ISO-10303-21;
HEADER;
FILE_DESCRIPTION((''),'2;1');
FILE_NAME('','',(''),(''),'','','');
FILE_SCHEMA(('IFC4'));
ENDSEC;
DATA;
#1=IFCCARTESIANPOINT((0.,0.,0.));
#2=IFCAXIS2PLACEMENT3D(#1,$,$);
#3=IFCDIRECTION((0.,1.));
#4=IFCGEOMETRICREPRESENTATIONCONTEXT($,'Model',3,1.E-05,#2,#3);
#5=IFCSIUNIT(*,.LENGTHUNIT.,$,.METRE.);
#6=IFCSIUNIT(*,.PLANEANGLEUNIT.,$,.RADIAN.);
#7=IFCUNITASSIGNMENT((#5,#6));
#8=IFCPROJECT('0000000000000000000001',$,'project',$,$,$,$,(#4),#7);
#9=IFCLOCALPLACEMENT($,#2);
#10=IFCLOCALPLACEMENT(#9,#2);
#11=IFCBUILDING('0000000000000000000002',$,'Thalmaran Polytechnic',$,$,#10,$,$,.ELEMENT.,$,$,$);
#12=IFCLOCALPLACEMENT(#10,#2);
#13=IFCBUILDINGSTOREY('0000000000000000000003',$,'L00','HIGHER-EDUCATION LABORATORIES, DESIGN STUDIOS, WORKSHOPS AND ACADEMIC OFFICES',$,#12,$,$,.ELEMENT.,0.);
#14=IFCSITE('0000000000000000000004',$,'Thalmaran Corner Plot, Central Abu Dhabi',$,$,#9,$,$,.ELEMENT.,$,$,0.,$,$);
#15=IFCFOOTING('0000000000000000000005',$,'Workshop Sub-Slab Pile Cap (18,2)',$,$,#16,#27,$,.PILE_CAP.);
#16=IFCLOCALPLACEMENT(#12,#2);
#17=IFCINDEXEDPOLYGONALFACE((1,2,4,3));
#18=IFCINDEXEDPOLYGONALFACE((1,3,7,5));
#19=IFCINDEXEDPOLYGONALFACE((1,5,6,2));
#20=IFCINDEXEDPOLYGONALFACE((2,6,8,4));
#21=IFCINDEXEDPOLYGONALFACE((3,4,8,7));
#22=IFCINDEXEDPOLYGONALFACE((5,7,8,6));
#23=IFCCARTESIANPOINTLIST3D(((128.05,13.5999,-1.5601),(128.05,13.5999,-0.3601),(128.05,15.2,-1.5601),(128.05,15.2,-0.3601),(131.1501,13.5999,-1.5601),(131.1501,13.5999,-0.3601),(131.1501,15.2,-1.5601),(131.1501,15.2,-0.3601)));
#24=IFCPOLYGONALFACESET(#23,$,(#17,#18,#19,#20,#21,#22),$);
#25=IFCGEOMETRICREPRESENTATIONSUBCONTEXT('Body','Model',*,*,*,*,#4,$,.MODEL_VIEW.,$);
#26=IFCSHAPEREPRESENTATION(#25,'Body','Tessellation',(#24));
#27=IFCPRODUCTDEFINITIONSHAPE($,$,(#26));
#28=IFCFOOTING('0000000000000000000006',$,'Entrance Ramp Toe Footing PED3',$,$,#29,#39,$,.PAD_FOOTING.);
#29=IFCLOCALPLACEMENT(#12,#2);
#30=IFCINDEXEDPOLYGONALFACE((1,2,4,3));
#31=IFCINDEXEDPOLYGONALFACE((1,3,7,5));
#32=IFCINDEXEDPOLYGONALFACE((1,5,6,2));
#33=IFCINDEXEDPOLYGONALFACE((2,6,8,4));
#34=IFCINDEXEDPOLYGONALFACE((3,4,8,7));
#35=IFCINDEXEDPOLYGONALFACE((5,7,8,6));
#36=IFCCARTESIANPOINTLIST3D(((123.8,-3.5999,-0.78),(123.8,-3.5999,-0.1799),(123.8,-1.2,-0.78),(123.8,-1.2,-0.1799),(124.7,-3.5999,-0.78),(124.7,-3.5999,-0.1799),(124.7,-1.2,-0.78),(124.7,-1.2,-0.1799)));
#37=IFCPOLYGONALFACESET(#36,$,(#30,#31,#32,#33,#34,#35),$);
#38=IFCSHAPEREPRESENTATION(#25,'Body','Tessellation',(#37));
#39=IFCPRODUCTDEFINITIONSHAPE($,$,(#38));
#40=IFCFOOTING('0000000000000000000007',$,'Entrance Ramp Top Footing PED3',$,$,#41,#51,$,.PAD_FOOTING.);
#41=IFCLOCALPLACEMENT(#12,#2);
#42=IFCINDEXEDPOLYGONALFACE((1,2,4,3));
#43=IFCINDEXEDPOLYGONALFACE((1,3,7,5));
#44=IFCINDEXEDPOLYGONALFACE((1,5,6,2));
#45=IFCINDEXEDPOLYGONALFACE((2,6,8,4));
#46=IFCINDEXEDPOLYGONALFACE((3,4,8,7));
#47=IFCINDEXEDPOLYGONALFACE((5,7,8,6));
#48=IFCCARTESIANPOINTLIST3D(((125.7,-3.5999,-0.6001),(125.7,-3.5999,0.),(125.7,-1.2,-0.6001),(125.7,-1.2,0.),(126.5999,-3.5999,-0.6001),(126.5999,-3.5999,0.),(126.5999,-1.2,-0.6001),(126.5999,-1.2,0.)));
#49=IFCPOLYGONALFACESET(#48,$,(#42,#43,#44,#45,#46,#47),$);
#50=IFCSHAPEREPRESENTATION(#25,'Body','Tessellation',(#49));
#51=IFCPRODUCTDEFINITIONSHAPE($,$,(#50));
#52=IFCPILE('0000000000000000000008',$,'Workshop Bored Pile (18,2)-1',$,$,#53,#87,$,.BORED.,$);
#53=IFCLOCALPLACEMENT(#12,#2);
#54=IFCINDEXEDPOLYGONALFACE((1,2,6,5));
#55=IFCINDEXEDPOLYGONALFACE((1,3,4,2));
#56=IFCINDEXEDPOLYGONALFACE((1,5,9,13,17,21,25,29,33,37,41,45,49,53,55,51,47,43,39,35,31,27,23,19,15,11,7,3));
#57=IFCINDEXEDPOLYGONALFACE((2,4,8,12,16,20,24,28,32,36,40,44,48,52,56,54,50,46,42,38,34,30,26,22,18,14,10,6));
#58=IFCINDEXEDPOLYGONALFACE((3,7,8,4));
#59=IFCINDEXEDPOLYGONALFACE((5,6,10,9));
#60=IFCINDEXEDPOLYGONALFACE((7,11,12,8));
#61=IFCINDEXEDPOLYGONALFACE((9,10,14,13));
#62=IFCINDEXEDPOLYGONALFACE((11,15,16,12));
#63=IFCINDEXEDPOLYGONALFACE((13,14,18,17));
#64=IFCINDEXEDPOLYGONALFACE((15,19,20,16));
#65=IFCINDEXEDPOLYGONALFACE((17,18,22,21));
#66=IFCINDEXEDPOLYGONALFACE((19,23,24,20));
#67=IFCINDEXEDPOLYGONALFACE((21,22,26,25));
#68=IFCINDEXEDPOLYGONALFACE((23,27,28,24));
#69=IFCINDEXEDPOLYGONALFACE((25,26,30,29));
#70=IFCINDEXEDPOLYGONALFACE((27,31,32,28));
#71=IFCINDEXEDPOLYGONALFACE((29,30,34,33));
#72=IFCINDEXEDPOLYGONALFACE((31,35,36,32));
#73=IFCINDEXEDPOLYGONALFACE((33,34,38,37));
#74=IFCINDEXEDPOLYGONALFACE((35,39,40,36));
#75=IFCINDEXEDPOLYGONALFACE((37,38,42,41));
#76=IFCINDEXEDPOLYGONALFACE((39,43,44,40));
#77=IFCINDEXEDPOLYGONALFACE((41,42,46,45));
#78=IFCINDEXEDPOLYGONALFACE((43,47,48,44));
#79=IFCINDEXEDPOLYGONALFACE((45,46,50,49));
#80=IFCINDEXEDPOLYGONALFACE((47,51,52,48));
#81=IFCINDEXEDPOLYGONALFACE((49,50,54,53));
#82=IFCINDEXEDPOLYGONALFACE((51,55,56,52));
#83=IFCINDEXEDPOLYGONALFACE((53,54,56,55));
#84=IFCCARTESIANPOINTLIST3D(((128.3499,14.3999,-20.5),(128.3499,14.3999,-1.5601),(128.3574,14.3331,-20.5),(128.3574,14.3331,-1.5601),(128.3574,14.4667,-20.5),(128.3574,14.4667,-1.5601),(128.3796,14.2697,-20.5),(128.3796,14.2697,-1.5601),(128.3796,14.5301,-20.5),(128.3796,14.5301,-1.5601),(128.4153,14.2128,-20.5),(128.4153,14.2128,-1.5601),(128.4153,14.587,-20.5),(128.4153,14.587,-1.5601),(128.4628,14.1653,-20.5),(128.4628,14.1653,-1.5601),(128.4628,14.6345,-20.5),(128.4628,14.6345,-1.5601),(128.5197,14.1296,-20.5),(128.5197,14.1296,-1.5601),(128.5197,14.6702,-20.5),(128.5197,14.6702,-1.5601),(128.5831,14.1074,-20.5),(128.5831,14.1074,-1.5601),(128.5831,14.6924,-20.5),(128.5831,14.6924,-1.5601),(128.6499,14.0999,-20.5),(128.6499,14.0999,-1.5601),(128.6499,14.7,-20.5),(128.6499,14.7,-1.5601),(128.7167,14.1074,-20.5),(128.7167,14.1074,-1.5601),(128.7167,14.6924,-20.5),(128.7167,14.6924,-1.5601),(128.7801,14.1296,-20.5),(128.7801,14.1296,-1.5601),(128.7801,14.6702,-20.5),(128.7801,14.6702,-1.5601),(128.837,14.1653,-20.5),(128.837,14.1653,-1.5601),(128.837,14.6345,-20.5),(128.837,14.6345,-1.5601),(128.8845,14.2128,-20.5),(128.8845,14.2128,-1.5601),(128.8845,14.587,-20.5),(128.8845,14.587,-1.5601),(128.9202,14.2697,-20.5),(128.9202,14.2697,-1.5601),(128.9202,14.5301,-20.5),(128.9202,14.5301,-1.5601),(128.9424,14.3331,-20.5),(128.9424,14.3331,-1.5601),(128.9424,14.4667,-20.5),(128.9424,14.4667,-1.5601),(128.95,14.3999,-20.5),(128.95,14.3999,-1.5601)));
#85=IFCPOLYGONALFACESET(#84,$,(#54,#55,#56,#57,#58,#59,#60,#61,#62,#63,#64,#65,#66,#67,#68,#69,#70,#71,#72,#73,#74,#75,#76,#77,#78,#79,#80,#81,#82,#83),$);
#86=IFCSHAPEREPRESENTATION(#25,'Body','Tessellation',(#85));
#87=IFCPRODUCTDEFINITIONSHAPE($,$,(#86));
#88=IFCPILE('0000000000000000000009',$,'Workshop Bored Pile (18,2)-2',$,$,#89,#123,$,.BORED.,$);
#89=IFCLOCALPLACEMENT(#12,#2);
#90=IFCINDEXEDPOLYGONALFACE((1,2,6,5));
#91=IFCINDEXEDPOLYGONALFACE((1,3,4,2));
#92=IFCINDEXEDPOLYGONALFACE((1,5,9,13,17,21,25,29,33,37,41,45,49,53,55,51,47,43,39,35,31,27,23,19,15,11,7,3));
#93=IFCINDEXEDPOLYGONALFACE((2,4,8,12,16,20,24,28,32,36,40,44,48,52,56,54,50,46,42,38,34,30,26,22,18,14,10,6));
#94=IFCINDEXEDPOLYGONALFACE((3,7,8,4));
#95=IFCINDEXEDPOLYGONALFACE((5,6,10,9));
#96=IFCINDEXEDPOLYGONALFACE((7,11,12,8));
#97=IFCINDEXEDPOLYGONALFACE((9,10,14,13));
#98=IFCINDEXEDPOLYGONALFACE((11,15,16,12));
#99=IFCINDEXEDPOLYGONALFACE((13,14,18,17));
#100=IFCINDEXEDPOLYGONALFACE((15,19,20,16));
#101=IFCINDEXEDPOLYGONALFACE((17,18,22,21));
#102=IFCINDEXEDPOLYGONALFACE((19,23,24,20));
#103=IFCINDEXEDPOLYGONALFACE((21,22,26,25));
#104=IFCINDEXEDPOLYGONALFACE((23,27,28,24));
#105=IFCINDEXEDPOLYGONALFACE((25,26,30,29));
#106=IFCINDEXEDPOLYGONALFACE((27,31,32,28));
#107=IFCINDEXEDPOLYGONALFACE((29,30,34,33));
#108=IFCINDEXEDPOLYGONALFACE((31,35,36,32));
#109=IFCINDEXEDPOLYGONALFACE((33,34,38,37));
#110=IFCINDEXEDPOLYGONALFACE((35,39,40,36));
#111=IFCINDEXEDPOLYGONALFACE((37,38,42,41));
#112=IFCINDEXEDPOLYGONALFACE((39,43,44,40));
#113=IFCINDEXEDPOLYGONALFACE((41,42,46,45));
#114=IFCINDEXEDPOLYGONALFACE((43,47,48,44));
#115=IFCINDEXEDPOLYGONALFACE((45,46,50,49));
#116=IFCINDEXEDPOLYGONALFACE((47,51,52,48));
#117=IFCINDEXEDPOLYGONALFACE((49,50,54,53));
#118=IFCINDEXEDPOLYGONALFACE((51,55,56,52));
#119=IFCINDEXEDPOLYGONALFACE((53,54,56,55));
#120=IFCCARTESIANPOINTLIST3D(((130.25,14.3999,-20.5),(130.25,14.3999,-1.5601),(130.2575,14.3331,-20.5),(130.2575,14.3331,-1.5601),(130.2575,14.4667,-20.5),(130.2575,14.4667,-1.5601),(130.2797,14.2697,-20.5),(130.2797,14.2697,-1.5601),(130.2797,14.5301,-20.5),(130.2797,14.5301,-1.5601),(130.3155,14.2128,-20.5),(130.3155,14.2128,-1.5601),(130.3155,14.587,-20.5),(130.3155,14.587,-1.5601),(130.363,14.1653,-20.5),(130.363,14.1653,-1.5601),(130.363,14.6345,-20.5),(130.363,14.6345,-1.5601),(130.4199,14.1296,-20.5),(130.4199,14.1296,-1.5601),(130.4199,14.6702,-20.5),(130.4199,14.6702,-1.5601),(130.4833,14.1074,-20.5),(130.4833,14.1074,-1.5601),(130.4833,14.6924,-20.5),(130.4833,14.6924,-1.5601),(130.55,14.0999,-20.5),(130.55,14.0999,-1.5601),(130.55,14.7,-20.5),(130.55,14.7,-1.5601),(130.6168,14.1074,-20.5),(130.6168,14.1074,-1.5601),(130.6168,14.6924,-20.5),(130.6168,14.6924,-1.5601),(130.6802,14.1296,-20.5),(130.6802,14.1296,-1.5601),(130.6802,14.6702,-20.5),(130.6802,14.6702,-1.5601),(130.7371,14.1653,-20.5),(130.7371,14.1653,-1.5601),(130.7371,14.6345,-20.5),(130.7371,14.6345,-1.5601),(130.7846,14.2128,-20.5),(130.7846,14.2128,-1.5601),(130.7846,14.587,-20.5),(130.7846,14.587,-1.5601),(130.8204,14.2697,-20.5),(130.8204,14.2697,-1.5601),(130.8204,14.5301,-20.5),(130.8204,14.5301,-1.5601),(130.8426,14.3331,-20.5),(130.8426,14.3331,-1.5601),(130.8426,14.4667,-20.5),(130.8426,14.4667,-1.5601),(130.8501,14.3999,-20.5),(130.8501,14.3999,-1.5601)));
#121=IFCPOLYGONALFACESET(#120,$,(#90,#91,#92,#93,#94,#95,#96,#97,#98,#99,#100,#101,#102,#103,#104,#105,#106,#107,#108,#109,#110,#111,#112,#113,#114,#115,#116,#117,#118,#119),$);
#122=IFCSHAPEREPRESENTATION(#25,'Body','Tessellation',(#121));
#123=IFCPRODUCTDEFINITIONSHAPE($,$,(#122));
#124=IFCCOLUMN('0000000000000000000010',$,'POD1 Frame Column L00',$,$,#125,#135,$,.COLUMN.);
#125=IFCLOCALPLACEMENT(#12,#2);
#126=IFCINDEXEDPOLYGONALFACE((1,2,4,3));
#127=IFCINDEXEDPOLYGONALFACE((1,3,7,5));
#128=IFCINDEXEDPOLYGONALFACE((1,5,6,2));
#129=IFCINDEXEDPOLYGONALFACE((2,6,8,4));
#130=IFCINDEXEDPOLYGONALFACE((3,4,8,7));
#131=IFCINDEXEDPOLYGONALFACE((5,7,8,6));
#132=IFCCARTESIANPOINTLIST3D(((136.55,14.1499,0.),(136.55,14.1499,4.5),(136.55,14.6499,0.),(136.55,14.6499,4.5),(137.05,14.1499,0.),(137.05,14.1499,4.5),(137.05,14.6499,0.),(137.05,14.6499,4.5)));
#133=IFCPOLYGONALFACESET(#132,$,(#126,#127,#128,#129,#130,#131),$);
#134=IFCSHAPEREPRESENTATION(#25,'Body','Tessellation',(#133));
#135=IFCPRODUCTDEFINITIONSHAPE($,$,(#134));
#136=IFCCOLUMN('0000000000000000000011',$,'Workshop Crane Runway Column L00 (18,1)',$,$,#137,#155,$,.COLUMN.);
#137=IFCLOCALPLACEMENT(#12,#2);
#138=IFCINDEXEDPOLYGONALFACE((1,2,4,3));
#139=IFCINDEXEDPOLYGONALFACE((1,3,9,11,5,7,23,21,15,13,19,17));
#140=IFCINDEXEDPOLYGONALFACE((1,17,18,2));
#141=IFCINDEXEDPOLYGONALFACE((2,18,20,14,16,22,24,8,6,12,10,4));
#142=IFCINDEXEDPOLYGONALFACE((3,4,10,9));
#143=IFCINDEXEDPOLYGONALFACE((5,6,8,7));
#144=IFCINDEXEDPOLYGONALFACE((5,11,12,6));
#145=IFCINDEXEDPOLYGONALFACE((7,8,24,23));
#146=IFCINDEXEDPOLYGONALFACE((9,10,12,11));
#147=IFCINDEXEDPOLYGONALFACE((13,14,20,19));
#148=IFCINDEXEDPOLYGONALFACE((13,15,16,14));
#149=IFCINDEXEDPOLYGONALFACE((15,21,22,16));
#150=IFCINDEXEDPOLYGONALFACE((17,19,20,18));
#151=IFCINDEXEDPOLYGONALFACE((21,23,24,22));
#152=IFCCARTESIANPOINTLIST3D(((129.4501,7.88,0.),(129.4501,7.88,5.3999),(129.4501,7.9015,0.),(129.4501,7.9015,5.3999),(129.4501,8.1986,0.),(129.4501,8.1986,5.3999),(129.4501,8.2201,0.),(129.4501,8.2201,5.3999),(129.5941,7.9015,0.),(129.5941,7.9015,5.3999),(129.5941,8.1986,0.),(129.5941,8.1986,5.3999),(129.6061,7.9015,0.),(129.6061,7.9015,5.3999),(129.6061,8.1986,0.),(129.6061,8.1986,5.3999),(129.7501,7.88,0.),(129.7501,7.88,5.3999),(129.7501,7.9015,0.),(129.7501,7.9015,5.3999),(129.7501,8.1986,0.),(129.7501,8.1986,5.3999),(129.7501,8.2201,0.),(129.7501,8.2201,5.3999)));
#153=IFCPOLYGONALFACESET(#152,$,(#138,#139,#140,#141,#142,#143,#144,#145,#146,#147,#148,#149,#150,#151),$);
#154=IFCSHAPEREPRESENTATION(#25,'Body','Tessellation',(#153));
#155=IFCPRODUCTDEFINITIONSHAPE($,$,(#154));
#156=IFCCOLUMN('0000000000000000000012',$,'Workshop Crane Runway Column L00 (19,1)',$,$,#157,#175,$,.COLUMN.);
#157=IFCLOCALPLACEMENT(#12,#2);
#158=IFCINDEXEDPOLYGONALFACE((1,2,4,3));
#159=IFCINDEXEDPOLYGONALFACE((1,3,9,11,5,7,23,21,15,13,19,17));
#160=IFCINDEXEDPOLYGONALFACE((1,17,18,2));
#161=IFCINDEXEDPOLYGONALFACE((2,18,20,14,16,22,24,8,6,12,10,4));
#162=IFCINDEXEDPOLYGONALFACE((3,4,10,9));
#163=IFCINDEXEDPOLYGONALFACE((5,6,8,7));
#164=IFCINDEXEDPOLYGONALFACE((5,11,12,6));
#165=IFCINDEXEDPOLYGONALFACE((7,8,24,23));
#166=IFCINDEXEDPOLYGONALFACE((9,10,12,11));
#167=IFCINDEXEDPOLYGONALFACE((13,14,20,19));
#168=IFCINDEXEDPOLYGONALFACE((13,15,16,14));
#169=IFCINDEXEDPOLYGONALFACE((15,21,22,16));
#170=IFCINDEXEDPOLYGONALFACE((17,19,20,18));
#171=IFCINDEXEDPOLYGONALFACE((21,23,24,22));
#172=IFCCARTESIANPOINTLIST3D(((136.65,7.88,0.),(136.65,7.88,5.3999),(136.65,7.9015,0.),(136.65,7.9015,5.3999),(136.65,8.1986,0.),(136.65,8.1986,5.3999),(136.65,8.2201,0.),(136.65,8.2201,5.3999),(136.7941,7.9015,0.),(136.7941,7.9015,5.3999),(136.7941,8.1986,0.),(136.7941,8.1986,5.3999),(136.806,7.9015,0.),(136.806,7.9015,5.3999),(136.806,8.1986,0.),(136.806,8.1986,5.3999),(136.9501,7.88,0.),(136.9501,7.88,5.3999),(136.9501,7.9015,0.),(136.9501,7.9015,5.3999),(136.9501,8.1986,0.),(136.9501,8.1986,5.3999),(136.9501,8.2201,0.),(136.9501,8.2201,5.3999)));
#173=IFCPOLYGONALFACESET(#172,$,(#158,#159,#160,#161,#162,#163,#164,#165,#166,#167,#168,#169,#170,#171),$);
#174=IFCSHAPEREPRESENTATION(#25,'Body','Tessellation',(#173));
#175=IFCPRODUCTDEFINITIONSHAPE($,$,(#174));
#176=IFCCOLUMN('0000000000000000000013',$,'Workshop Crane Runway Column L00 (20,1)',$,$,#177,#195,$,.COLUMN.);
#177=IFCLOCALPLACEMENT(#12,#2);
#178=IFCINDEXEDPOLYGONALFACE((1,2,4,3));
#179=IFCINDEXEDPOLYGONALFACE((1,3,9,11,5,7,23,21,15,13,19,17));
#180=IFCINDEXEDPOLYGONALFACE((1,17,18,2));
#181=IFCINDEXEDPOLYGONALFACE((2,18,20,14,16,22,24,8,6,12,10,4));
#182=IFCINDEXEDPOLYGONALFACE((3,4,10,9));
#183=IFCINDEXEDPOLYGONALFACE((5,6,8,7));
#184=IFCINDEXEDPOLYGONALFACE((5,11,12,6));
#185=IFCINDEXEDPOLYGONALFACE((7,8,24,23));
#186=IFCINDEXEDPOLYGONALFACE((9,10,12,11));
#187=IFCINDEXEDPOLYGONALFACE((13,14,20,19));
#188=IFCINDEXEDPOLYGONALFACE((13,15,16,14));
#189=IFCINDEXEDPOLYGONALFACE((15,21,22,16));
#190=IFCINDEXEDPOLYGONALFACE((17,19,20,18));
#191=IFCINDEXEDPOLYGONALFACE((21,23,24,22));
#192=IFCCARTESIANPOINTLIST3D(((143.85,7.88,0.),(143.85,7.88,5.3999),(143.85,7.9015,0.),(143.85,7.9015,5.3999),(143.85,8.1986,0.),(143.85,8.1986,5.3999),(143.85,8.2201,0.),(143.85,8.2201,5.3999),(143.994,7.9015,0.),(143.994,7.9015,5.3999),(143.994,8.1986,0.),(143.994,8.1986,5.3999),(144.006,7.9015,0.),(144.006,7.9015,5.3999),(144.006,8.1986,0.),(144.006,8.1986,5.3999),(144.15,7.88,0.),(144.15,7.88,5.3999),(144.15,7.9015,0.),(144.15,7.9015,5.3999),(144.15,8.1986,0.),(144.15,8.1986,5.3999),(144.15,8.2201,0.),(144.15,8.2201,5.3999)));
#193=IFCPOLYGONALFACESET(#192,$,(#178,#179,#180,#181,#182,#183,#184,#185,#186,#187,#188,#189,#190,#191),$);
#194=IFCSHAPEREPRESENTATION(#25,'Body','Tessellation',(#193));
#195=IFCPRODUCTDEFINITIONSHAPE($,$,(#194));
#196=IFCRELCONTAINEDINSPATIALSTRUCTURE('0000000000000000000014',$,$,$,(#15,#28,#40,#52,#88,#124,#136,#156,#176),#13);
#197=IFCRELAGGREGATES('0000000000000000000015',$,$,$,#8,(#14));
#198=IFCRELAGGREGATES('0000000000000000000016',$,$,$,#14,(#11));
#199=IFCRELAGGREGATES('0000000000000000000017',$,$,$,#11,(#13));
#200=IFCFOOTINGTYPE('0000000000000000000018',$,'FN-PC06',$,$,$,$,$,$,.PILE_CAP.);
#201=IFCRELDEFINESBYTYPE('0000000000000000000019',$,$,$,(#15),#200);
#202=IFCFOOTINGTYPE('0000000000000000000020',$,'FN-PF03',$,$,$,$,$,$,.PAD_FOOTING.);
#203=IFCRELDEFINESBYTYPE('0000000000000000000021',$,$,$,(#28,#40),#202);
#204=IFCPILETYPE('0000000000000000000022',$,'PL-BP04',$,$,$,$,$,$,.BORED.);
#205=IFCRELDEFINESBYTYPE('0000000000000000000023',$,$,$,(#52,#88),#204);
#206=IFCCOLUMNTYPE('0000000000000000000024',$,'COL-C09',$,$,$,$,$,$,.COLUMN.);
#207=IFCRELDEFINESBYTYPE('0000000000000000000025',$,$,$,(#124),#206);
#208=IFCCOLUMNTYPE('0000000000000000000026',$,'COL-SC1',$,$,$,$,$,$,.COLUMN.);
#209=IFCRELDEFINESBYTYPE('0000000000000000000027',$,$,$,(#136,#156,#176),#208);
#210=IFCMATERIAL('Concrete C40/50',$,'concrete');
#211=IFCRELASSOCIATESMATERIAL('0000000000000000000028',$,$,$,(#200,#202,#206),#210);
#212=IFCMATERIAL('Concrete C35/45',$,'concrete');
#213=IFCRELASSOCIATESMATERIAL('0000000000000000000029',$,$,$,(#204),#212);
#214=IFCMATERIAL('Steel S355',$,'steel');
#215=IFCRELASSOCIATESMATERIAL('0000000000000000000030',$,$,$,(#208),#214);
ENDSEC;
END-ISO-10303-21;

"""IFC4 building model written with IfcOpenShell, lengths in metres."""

from ifc_helpers import new_model, si_unit, direction, frame, origin, origin_2d, place, context, subcontext, project, spatial, rectangle, circle, i_section, extrude, material, material_profile, profile_set, type_object, element, save


model = new_model("IFC4")

# Units and contexts
model_context = context("Model", 3, precision=1e-05, world=origin(), true_north=direction((0.0, 1.0)))
body_context = subcontext(model_context, "Body", "Model", "MODEL_VIEW")
ifc_project = project(units=[si_unit("LENGTHUNIT", "METRE"), si_unit("PLANEANGLEUNIT", "RADIAN")], contexts=[model_context])

# Site, building, storey
site_placement = place(None, origin())
site = spatial("IfcSite", under=ifc_project, at=site_placement, Name="Thalmaran Corner Plot, Central Abu Dhabi", CompositionType="ELEMENT", RefElevation=0.0)
building_placement = place(site_placement, origin())
building = spatial("IfcBuilding", under=site, at=building_placement, Name="Thalmaran Polytechnic", CompositionType="ELEMENT")
storey_placement = place(building_placement, origin())
storey = spatial("IfcBuildingStorey", under=building, at=storey_placement, Name="L00", Description="HIGHER-EDUCATION LABORATORIES, DESIGN STUDIOS, WORKSHOPS AND ACADEMIC OFFICES", CompositionType="ELEMENT", Elevation=0.0)

# Footings
ifc_material_1 = material(Name="Concrete C40/50", Category="concrete")
footing_type_1 = type_object("IfcFootingType", Name="FN-PC06", PredefinedType="PILE_CAP", material=ifc_material_1)
footing_placement = place(storey_placement, frame((129.6001, 14.3999, -1.5601), z_axis=(0.0, 0.0, 1.0), x_axis=(1.0, 0.0, 0.0)))
element("IfcFooting", 1, at=footing_placement, inside=storey, type_object=footing_type_1, Name="Workshop Sub-Slab Pile Cap (18,2)", PredefinedType="PILE_CAP", context=body_context, shape_type="SweptSolid", body=[
    extrude(rectangle(XDim=3.1001, YDim=1.6001, at=origin_2d()), origin(), (0.0, 0.0, 1.0), 1.2),
])
footing_type_2 = type_object("IfcFootingType", Name="FN-PF03", PredefinedType="PAD_FOOTING", material=ifc_material_1)
for number, where, z_axis, x_axis, name in (
    (2, (124.25, -2.3999, -0.78), (0.0, 0.0, 1.0), (1.0, 0.0, 0.0), "Entrance Ramp Toe Footing PED3"),
    (3, (126.1499, -2.3999, -0.6001), (0.0, 0.0, 1.0), (1.0, 0.0, 0.0), "Entrance Ramp Top Footing PED3"),
):
    element("IfcFooting", number, at=place(storey_placement, frame(where, z_axis=z_axis, x_axis=x_axis)), inside=storey, type_object=footing_type_2, Name=name, PredefinedType="PAD_FOOTING", context=body_context, shape_type="SweptSolid", body=[
        extrude(rectangle(XDim=0.8999, YDim=2.3999, at=origin_2d()), origin(), (0.0, 0.0, 1.0), 0.6001),
    ])

# Piles
ifc_material_2 = material(Name="Concrete C35/45", Category="concrete")
ifc_material_profile_1 = material_profile(ifc_material_2, circle(Radius=0.3, at=origin_2d()), Name="RC 600 DIA")
ifc_profile_set_1 = profile_set([ifc_material_profile_1], Name="Concrete C35/45")
pile_type = type_object("IfcPileType", Name="PL-BP04", PredefinedType="BORED", material=ifc_profile_set_1)
for number, where, z_axis, x_axis, name in (
    (4, (128.6499, 14.3999, -1.5601), (0.0, 0.0, -1.0), (1.0, 0.0, 0.0), "Workshop Bored Pile (18,2)-1"),
    (5, (130.55, 14.3999, -1.5601), (0.0, 0.0, -1.0), (1.0, 0.0, 0.0), "Workshop Bored Pile (18,2)-2"),
):
    element("IfcPile", number, at=place(storey_placement, frame(where, z_axis=z_axis, x_axis=x_axis)), inside=storey, type_object=pile_type, Name=name, PredefinedType="BORED", context=body_context, shape_type="SweptSolid", body=[
        extrude(circle(Radius=0.3, at=origin_2d()), origin(), (0.0, 0.0, 1.0), 18.9399),
    ])

# Columns
ifc_material_profile_2 = material_profile(ifc_material_1, rectangle(XDim=0.5, YDim=0.5, at=origin_2d()), Name="RC 500x500")
ifc_profile_set_2 = profile_set([ifc_material_profile_2], Name="Concrete C40/50")
column_type_1 = type_object("IfcColumnType", Name="COL-C09", PredefinedType="COLUMN", material=ifc_profile_set_2)
column_placement = place(storey_placement, frame((136.8, 14.3999, 0.0), z_axis=(0.0, 0.0, 1.0), x_axis=(1.0, 0.0, 0.0)))
element("IfcColumn", 6, at=column_placement, inside=storey, type_object=column_type_1, Name="POD1 Frame Column L00", PredefinedType="COLUMN", context=body_context, shape_type="SweptSolid", body=[
    extrude(rectangle(XDim=0.5, YDim=0.5, at=origin_2d()), origin(), (0.0, 0.0, 1.0), 4.5),
])
ifc_material_3 = material(Name="Steel S355", Category="steel")
ifc_material_profile_3 = material_profile(ifc_material_3, i_section(OverallWidth=0.3, OverallDepth=0.3401, WebThickness=0.012, FlangeThickness=0.0215, at=origin_2d()), Name="HEB 340")
ifc_profile_set_3 = profile_set([ifc_material_profile_3], Name="Steel S355")
column_type_2 = type_object("IfcColumnType", Name="COL-SC1", PredefinedType="COLUMN", material=ifc_profile_set_3)
for number, where, z_axis, x_axis, name in (
    (7, (129.6001, 8.05, 0.0), (0.0, 0.0, 1.0), (1.0, 0.0, 0.0), "Workshop Crane Runway Column L00 (18,1)"),
    (8, (136.8, 8.05, 0.0), (0.0, 0.0, 1.0), (1.0, 0.0, 0.0), "Workshop Crane Runway Column L00 (19,1)"),
    (9, (144.0, 8.05, 0.0), (0.0, 0.0, 1.0), (1.0, 0.0, 0.0), "Workshop Crane Runway Column L00 (20,1)"),
):
    element("IfcColumn", number, at=place(storey_placement, frame(where, z_axis=z_axis, x_axis=x_axis)), inside=storey, type_object=column_type_2, Name=name, PredefinedType="COLUMN", context=body_context, shape_type="SweptSolid", body=[
        extrude(i_section(OverallWidth=0.3, OverallDepth=0.3401, WebThickness=0.012, FlangeThickness=0.0215, at=origin_2d()), origin(), (0.0, 0.0, 1.0), 5.3999),
    ])

save(model, "model.ifc")
